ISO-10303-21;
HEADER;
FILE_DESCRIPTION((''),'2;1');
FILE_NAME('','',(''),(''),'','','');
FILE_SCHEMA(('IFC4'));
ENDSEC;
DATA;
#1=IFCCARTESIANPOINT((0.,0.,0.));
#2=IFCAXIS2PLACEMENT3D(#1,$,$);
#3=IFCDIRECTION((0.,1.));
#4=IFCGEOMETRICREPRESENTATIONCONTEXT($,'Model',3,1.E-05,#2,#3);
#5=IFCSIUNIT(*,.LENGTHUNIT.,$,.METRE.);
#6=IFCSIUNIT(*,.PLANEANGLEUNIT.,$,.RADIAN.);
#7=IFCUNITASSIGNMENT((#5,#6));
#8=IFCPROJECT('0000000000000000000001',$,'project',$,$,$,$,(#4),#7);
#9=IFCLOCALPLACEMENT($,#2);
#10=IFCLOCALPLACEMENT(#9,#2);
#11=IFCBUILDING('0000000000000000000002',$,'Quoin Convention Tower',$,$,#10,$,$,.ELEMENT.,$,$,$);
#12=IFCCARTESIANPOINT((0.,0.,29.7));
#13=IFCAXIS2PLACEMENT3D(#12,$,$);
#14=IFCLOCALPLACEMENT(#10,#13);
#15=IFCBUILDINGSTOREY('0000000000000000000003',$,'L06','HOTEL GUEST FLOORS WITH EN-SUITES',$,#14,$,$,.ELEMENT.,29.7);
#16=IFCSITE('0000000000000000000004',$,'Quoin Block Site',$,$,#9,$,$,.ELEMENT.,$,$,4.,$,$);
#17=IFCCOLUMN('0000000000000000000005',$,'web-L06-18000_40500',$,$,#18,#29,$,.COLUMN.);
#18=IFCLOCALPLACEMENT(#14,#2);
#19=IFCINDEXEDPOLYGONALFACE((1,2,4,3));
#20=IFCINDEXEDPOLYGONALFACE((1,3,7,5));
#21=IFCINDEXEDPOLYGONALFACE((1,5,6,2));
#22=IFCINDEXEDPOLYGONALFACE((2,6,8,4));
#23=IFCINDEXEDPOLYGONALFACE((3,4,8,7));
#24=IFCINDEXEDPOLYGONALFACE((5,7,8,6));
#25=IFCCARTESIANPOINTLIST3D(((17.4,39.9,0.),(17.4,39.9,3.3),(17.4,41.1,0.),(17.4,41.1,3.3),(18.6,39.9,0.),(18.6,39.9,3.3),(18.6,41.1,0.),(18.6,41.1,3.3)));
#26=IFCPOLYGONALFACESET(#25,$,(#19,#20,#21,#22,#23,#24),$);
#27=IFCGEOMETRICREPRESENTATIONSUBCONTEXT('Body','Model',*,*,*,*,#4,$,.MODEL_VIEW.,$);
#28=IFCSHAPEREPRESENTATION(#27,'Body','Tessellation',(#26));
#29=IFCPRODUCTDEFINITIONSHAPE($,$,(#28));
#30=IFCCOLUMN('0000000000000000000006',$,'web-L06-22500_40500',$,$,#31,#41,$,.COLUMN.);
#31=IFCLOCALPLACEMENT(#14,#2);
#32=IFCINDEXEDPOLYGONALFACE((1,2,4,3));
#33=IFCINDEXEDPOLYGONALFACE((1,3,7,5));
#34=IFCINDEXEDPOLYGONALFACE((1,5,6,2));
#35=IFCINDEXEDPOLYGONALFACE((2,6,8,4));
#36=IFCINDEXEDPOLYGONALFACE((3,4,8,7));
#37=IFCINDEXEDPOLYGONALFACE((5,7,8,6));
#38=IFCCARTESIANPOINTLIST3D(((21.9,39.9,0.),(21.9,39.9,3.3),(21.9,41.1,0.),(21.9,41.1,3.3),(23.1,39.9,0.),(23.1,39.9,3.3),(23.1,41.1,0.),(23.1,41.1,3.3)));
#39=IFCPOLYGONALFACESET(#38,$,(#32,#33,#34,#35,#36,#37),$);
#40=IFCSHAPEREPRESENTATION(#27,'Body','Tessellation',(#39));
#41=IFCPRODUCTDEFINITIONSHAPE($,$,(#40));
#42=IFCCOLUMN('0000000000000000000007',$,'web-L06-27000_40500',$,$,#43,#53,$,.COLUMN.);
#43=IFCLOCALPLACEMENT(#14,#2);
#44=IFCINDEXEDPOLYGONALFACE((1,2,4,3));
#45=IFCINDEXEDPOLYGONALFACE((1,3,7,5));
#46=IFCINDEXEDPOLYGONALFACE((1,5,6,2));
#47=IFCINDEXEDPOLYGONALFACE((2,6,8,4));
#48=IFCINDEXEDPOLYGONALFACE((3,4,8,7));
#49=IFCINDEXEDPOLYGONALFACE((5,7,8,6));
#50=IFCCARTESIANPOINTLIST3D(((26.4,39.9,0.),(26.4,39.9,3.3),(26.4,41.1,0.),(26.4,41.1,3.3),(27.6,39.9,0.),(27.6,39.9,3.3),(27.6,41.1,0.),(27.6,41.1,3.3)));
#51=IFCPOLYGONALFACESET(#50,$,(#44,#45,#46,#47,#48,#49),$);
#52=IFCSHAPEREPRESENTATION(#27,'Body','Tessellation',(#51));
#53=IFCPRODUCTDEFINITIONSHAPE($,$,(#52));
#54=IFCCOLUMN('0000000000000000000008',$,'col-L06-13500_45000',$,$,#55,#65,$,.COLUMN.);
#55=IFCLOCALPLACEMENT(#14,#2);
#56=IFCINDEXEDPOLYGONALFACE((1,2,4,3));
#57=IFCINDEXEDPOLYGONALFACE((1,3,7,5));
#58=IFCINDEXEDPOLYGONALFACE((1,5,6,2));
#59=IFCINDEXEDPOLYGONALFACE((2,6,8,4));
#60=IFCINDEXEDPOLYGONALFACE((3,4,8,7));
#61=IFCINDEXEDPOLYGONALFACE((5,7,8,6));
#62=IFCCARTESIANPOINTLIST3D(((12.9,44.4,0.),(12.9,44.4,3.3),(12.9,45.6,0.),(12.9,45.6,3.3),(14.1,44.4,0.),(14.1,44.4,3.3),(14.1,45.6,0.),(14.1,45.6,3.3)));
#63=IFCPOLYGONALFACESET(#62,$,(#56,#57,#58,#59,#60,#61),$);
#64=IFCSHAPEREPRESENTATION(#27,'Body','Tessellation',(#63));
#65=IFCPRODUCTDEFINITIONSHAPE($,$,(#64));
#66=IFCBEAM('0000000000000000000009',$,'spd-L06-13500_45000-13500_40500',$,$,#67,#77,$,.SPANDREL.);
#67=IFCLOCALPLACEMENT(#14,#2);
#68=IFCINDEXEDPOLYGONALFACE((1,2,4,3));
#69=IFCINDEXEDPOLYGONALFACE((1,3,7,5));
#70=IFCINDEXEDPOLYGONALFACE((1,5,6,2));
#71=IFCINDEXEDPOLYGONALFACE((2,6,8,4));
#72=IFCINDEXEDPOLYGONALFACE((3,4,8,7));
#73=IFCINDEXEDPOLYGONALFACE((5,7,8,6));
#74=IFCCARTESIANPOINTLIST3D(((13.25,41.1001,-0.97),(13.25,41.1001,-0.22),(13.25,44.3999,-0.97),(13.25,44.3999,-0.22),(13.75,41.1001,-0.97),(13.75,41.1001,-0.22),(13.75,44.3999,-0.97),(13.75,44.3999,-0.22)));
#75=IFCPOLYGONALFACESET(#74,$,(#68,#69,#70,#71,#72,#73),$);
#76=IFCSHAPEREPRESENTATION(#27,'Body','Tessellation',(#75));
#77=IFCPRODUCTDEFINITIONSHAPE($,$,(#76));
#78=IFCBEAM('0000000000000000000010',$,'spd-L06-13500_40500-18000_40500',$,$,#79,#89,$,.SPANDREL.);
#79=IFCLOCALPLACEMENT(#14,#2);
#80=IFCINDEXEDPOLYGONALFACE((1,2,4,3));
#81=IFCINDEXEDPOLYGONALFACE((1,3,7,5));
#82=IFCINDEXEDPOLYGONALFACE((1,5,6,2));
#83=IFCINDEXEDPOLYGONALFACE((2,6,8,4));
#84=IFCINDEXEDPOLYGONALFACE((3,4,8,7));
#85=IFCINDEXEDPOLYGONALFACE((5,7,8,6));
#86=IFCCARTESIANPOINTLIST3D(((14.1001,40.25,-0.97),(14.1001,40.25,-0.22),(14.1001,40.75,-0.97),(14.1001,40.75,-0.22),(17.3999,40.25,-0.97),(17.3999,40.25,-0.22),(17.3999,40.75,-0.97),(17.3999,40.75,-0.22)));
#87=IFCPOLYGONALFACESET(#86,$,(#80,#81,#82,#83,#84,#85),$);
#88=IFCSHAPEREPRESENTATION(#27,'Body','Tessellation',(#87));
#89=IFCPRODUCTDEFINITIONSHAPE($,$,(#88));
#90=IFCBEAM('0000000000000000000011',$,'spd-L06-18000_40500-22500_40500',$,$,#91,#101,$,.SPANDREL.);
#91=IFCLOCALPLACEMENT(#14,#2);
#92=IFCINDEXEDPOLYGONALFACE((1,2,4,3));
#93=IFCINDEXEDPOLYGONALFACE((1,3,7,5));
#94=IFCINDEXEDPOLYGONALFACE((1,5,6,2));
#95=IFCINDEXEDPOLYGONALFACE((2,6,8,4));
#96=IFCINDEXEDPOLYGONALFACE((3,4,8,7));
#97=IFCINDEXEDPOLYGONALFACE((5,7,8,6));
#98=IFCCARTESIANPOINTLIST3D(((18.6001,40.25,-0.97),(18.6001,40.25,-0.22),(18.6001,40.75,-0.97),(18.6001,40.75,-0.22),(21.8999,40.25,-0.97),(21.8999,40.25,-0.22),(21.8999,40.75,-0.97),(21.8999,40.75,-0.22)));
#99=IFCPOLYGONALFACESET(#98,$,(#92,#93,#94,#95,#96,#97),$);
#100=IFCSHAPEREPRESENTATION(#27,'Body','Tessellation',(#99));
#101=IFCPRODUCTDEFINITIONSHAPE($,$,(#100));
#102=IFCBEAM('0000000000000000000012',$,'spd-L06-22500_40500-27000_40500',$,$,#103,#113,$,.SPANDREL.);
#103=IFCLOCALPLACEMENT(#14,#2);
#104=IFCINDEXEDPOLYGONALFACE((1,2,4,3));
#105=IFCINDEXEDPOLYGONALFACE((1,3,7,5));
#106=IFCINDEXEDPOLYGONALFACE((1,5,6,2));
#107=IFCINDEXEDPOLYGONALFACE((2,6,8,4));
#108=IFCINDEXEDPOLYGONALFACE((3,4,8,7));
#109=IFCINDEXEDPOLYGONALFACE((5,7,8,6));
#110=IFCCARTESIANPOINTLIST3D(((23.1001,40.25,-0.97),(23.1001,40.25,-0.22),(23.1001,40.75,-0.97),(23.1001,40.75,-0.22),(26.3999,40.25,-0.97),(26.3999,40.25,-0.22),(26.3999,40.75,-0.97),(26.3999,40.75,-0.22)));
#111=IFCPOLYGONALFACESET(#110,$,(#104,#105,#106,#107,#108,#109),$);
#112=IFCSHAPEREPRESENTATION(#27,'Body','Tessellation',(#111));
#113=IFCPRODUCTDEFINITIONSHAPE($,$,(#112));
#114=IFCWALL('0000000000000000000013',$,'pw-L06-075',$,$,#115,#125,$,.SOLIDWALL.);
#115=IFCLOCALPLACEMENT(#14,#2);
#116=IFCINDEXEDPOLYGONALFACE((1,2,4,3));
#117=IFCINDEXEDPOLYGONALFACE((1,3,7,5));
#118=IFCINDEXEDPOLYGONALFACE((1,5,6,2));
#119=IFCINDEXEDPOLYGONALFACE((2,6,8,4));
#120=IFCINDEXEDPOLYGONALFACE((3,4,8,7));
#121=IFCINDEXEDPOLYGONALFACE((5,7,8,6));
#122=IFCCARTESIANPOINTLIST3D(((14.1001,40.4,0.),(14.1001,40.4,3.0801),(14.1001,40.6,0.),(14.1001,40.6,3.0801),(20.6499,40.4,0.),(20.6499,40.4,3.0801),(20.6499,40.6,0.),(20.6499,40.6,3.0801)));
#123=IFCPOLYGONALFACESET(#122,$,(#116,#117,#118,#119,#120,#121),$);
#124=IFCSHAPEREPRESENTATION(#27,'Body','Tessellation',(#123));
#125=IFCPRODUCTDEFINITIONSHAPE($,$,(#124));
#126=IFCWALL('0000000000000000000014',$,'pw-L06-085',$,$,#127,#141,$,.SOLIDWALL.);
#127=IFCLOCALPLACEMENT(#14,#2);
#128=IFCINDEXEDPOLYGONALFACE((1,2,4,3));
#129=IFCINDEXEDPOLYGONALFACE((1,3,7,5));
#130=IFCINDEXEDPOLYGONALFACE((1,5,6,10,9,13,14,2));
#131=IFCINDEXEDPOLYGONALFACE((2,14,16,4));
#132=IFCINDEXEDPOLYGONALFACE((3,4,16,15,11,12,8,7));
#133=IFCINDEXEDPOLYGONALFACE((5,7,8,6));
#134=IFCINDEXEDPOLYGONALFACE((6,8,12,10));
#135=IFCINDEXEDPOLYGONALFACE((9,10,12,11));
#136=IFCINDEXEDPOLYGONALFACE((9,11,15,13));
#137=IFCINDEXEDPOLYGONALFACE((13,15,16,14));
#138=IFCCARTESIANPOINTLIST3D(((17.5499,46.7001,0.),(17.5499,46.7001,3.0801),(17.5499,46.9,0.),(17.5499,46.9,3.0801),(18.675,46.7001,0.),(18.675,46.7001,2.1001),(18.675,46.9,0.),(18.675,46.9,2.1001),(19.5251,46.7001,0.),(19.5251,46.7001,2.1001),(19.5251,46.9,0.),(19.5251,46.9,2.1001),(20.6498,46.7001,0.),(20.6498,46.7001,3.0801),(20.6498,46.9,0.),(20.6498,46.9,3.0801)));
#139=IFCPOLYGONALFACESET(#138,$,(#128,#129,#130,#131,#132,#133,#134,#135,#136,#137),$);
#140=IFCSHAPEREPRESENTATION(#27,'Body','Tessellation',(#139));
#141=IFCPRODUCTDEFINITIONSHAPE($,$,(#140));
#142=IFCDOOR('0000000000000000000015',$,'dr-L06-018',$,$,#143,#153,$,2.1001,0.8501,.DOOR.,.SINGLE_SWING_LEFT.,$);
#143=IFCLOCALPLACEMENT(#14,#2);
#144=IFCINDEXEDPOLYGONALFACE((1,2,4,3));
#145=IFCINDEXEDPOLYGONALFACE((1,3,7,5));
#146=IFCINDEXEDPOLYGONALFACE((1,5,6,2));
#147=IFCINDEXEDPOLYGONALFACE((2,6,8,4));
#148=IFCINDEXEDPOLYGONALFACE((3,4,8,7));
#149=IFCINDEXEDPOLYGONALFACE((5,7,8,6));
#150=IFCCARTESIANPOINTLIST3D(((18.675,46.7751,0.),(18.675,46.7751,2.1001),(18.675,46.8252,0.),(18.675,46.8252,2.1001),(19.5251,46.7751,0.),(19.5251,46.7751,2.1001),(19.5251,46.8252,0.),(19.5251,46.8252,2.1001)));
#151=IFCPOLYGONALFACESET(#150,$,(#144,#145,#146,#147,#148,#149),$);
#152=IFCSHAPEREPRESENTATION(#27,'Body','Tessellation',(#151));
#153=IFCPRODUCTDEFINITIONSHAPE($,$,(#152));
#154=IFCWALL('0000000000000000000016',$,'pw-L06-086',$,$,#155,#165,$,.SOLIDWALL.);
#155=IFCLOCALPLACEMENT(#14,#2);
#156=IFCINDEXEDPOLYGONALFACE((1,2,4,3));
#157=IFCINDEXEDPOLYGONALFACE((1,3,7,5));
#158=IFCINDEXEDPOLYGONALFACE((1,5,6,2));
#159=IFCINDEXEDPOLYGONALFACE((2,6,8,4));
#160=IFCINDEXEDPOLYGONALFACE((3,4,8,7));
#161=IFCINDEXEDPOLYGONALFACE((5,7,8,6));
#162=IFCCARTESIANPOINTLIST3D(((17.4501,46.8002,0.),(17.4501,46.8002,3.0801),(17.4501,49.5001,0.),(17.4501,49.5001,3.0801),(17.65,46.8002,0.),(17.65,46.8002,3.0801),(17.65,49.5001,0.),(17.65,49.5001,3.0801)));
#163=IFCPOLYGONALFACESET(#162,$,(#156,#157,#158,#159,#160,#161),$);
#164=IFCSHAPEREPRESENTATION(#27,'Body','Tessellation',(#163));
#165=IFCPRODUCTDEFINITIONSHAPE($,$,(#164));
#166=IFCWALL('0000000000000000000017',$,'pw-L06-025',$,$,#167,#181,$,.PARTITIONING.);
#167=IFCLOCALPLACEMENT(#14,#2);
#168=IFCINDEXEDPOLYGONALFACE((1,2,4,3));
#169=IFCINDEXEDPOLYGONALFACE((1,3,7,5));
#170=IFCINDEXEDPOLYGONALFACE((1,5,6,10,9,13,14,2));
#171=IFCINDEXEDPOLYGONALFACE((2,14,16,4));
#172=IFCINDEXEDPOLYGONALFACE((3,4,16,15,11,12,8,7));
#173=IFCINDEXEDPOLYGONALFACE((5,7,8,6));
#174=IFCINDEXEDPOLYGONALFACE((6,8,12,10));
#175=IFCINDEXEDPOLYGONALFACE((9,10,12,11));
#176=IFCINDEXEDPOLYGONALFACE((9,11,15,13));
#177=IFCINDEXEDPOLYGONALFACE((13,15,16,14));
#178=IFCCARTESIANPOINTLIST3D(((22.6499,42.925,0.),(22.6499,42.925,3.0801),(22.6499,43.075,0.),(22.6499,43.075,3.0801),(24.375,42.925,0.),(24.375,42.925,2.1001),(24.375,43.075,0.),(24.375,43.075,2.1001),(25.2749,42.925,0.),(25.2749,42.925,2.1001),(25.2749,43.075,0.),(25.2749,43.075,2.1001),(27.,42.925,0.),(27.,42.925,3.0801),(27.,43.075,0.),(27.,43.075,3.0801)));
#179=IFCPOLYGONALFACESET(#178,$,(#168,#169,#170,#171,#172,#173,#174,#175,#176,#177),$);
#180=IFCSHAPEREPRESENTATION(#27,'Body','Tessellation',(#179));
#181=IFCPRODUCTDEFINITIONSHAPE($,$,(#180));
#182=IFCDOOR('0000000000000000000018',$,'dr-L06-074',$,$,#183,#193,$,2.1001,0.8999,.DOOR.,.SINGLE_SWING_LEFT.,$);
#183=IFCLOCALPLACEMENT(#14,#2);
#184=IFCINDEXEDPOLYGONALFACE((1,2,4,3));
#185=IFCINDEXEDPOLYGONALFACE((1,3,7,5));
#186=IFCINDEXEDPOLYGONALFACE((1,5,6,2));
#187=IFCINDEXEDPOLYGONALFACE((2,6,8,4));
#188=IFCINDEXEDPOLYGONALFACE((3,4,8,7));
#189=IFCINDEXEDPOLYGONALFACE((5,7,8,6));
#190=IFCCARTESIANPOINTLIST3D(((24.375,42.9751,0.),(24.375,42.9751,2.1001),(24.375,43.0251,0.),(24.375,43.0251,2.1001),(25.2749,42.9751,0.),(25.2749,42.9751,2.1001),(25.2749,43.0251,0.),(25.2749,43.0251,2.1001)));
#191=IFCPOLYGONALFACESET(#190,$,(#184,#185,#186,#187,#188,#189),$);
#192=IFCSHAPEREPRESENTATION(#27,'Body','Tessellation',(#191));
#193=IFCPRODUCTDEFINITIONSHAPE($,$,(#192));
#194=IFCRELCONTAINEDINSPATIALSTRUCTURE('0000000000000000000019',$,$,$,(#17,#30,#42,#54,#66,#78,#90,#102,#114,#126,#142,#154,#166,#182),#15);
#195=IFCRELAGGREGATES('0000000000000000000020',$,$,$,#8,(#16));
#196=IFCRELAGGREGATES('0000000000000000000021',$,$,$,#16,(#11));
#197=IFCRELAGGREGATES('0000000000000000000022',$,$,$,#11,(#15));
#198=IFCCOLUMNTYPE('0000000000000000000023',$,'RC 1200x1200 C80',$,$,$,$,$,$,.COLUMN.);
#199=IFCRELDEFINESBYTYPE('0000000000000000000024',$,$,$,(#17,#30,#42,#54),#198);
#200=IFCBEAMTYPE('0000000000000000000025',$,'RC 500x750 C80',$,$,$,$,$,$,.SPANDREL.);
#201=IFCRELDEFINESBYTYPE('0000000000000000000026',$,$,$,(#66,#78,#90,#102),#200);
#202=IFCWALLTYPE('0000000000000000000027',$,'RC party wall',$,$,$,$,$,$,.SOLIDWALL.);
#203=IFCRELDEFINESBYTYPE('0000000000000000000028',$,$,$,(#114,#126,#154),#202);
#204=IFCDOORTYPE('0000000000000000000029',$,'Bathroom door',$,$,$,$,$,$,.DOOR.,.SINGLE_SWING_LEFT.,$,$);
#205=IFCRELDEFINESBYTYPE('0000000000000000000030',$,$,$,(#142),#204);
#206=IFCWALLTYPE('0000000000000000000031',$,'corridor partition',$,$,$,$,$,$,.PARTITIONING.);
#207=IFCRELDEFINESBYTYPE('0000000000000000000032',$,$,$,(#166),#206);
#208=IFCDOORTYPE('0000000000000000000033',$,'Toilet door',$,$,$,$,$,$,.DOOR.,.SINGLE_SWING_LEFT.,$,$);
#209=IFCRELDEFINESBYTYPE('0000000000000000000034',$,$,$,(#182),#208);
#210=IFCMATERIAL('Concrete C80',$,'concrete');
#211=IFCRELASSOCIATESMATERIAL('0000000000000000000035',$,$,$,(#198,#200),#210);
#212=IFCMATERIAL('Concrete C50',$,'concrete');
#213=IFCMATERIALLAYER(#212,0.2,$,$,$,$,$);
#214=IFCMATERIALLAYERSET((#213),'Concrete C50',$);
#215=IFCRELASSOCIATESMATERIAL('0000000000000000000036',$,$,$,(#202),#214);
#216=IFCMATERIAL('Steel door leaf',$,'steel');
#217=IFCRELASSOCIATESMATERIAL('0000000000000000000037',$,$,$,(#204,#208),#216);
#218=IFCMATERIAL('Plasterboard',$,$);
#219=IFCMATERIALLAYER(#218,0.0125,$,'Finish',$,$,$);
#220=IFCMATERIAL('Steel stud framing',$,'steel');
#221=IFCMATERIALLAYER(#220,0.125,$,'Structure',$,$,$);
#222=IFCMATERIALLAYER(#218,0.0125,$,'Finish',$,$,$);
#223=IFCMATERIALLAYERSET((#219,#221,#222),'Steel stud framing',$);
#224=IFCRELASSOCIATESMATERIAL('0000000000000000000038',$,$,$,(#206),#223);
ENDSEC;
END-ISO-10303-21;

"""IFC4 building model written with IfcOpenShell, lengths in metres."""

from ifc_helpers import new_model, si_unit, direction, frame, frame_2d, origin, origin_2d, place, context, subcontext, project, spatial, rectangle, extrude, material, layer, layer_set, material_profile, profile_set, type_object, element, fill, save


model = new_model("IFC4")

# Units and contexts
model_context = context("Model", 3, precision=1e-05, world=origin(), true_north=direction((0.0, 1.0)))
body_context = subcontext(model_context, "Body", "Model", "MODEL_VIEW")
ifc_project = project(units=[si_unit("LENGTHUNIT", "METRE"), si_unit("PLANEANGLEUNIT", "RADIAN")], contexts=[model_context])

# Site, building, storey
site_placement = place(None, origin())
site = spatial("IfcSite", under=ifc_project, at=site_placement, Name="Quoin Block Site", CompositionType="ELEMENT", RefElevation=4.0)
building_placement = place(site_placement, origin())
building = spatial("IfcBuilding", under=site, at=building_placement, Name="Quoin Convention Tower", CompositionType="ELEMENT")
storey_placement = place(building_placement, frame((0.0, 0.0, 29.7)))
storey = spatial("IfcBuildingStorey", under=building, at=storey_placement, Name="L06", Description="HOTEL GUEST FLOORS WITH EN-SUITES", CompositionType="ELEMENT", Elevation=29.7)

# Columns
ifc_material_1 = material(Name="Concrete C80", Category="concrete")
ifc_material_profile_1 = material_profile(ifc_material_1, rectangle(XDim=1.2, YDim=1.2, at=origin_2d()), Name="RC 1200x1200")
ifc_profile_set_1 = profile_set([ifc_material_profile_1], Name="Concrete C80")
column_type = type_object("IfcColumnType", Name="RC 1200x1200 C80", PredefinedType="COLUMN", material=ifc_profile_set_1)
for number, where, z_axis, x_axis, name in (
    (1, (18.0, 40.5, 0.0), (0.0, 0.0, 1.0), (1.0, 0.0, 0.0), "web-L06-18000_40500"),
    (2, (22.5, 40.5, 0.0), (0.0, 0.0, 1.0), (1.0, 0.0, 0.0), "web-L06-22500_40500"),
    (3, (27.0, 40.5, 0.0), (0.0, 0.0, 1.0), (1.0, 0.0, 0.0), "web-L06-27000_40500"),
    (4, (13.5, 45.0, 0.0), (0.0, 0.0, 1.0), (1.0, 0.0, 0.0), "col-L06-13500_45000"),
):
    element("IfcColumn", number, at=place(storey_placement, frame(where, z_axis=z_axis, x_axis=x_axis)), inside=storey, type_object=column_type, Name=name, PredefinedType="COLUMN", context=body_context, shape_type="SweptSolid", body=[
        extrude(rectangle(XDim=1.2, YDim=1.2, at=origin_2d()), origin(), (0.0, 0.0, 1.0), 3.3),
    ])

# Beams
ifc_material_profile_2 = material_profile(ifc_material_1, rectangle(XDim=0.5, YDim=0.75, at=origin_2d()), Name="RC 500x750")
ifc_profile_set_2 = profile_set([ifc_material_profile_2], Name="Concrete C80")
beam_type = type_object("IfcBeamType", Name="RC 500x750 C80", PredefinedType="SPANDREL", material=ifc_profile_set_2)
for number, where, z_axis, x_axis, name in (
    (5, (13.5, 44.3999, -0.595), (0.0, -1.0, 0.0), (1.0, 0.0, 0.0), "spd-L06-13500_45000-13500_40500"),
    (6, (14.1001, 40.5, -0.595), (1.0, 0.0, 0.0), (0.0, 1.0, 0.0), "spd-L06-13500_40500-18000_40500"),
    (7, (18.6001, 40.5, -0.595), (1.0, 0.0, 0.0), (0.0, 1.0, 0.0), "spd-L06-18000_40500-22500_40500"),
    (8, (23.1001, 40.5, -0.595), (1.0, 0.0, 0.0), (0.0, 1.0, 0.0), "spd-L06-22500_40500-27000_40500"),
):
    element("IfcBeam", number, at=place(storey_placement, frame(where, z_axis=z_axis, x_axis=x_axis)), inside=storey, type_object=beam_type, Name=name, PredefinedType="SPANDREL", context=body_context, shape_type="SweptSolid", body=[
        extrude(rectangle(XDim=0.5, YDim=0.75, at=origin_2d()), origin(), (0.0, 0.0, 1.0), 3.2998),
    ])

# Wall
ifc_material_2 = material(Name="Concrete C50", Category="concrete")
ifc_layer_1 = layer(ifc_material_2, 0.2)
ifc_layer_set_1 = layer_set([ifc_layer_1], Name="Concrete C50")
wall_type_1 = type_object("IfcWallType", Name="RC party wall", PredefinedType="SOLIDWALL", material=ifc_layer_set_1)
wall_1_placement = place(storey_placement, frame((14.1001, 40.5, 0.0), z_axis=(0.0, 0.0, 1.0), x_axis=(1.0, 0.0, 0.0)))
element("IfcWall", 9, at=wall_1_placement, inside=storey, type_object=wall_type_1, Name="pw-L06-075", PredefinedType="SOLIDWALL", context=body_context, shape_type="SweptSolid", body=[
    extrude(rectangle(XDim=6.5498, YDim=0.2, at=frame_2d((3.2749, 0.0))), origin(), (0.0, 0.0, 1.0), 3.0801),
])

# Wall, opening, door
wall_2_placement = place(storey_placement, frame((17.55, 46.8, 0.0), z_axis=(0.0, 0.0, 1.0), x_axis=(1.0, 0.0, 0.0)))
wall_2 = element("IfcWall", 10, at=wall_2_placement, inside=storey, type_object=wall_type_1, Name="pw-L06-085", PredefinedType="SOLIDWALL", context=body_context, shape_type="SweptSolid", body=[
    extrude(rectangle(XDim=3.0999, YDim=0.2, at=frame_2d((1.5498, 0.0))), origin(), (0.0, 0.0, 1.0), 3.0801),
])
opening_1_placement = place(wall_2_placement, frame((1.125, 0.0, 0.0)))
opening_1 = element("IfcOpeningElement", 11, at=opening_1_placement, cuts=wall_2, PredefinedType="OPENING", context=body_context, shape_type="SweptSolid", body=[
    extrude(rectangle(XDim=0.8501, YDim=2.1001, at=frame_2d((0.425, 1.05))), frame((0.0, 0.1099, 0.0), z_axis=(0.0, -1.0, 0.0), x_axis=(1.0, 0.0, 0.0)), (0.0, 0.0, 1.0), 0.22),
])
ifc_material_3 = material(Name="Steel door leaf", Category="steel")
door_type_1 = type_object("IfcDoorType", Name="Bathroom door", OperationType="SINGLE_SWING_LEFT", PredefinedType="DOOR", material=ifc_material_3)
door_1_placement = place(opening_1_placement, frame((0.8501, 0.0, 0.0), z_axis=(0.0, 0.0, 1.0), x_axis=(-1.0, 0.0, 0.0)))
door_1 = element("IfcDoor", 12, at=door_1_placement, inside=storey, type_object=door_type_1, Name="dr-L06-018", OperationType="SINGLE_SWING_LEFT", OverallHeight=2.1001, OverallWidth=0.8501, PredefinedType="DOOR", context=body_context, shape_type="SweptSolid", body=[
    extrude(rectangle(XDim=0.8501, YDim=2.1001, at=frame_2d((0.425, 1.05))), frame((0.0, 0.0249, 0.0), z_axis=(0.0, -1.0, 0.0), x_axis=(1.0, 0.0, 0.0)), (0.0, 0.0, 1.0), 0.05),
])
fill(opening_1, door_1)

# Wall
wall_3_placement = place(storey_placement, frame((17.55, 46.8, 0.0), z_axis=(0.0, 0.0, 1.0), x_axis=(0.0, 1.0, 0.0)))
element("IfcWall", 13, at=wall_3_placement, inside=storey, type_object=wall_type_1, Name="pw-L06-086", PredefinedType="SOLIDWALL", context=body_context, shape_type="SweptSolid", body=[
    extrude(rectangle(XDim=2.7, YDim=0.2, at=frame_2d((1.3501, 0.0))), origin(), (0.0, 0.0, 1.0), 3.0801),
])

# Wall, opening, door
ifc_material_4 = material(Name="Plasterboard")
ifc_layer_2 = layer(ifc_material_4, 0.0125, Name="Finish")
ifc_material_5 = material(Name="Steel stud framing", Category="steel")
ifc_layer_3 = layer(ifc_material_5, 0.125, Name="Structure")
ifc_layer_4 = layer(ifc_material_4, 0.0125, Name="Finish")
ifc_layer_set_2 = layer_set([ifc_layer_2, ifc_layer_3, ifc_layer_4], Name="Steel stud framing")
wall_type_2 = type_object("IfcWallType", Name="corridor partition", PredefinedType="PARTITIONING", material=ifc_layer_set_2)
wall_4_placement = place(storey_placement, frame((22.6499, 43.0, 0.0), z_axis=(0.0, 0.0, 1.0), x_axis=(1.0, 0.0, 0.0)))
wall_4 = element("IfcWall", 14, at=wall_4_placement, inside=storey, type_object=wall_type_2, Name="pw-L06-025", PredefinedType="PARTITIONING", context=body_context, shape_type="SweptSolid", body=[
    extrude(rectangle(XDim=4.3501, YDim=0.1499, at=frame_2d((2.175, 0.0))), origin(), (0.0, 0.0, 1.0), 3.0801),
])
opening_2_placement = place(wall_4_placement, frame((1.7251, 0.0, 0.0)))
opening_2 = element("IfcOpeningElement", 15, at=opening_2_placement, cuts=wall_4, PredefinedType="OPENING", context=body_context, shape_type="SweptSolid", body=[
    extrude(rectangle(XDim=0.8999, YDim=2.1001, at=frame_2d((0.45, 1.05))), frame((0.0, 0.085, 0.0), z_axis=(0.0, -1.0, 0.0), x_axis=(1.0, 0.0, 0.0)), (0.0, 0.0, 1.0), 0.1699),
])
door_type_2 = type_object("IfcDoorType", Name="Toilet door", OperationType="SINGLE_SWING_LEFT", PredefinedType="DOOR", material=ifc_material_3)
door_2_placement = place(opening_2_placement, frame((0.8999, 0.0, 0.0), z_axis=(0.0, 0.0, 1.0), x_axis=(-1.0, 0.0, 0.0)))
door_2 = element("IfcDoor", 16, at=door_2_placement, inside=storey, type_object=door_type_2, Name="dr-L06-074", OperationType="SINGLE_SWING_LEFT", OverallHeight=2.1001, OverallWidth=0.8999, PredefinedType="DOOR", context=body_context, shape_type="SweptSolid", body=[
    extrude(rectangle(XDim=0.8999, YDim=2.1001, at=frame_2d((0.45, 1.05))), frame((0.0, 0.0249, 0.0), z_axis=(0.0, -1.0, 0.0), x_axis=(1.0, 0.0, 0.0)), (0.0, 0.0, 1.0), 0.05),
])
fill(opening_2, door_2)

save(model, "model.ifc")
